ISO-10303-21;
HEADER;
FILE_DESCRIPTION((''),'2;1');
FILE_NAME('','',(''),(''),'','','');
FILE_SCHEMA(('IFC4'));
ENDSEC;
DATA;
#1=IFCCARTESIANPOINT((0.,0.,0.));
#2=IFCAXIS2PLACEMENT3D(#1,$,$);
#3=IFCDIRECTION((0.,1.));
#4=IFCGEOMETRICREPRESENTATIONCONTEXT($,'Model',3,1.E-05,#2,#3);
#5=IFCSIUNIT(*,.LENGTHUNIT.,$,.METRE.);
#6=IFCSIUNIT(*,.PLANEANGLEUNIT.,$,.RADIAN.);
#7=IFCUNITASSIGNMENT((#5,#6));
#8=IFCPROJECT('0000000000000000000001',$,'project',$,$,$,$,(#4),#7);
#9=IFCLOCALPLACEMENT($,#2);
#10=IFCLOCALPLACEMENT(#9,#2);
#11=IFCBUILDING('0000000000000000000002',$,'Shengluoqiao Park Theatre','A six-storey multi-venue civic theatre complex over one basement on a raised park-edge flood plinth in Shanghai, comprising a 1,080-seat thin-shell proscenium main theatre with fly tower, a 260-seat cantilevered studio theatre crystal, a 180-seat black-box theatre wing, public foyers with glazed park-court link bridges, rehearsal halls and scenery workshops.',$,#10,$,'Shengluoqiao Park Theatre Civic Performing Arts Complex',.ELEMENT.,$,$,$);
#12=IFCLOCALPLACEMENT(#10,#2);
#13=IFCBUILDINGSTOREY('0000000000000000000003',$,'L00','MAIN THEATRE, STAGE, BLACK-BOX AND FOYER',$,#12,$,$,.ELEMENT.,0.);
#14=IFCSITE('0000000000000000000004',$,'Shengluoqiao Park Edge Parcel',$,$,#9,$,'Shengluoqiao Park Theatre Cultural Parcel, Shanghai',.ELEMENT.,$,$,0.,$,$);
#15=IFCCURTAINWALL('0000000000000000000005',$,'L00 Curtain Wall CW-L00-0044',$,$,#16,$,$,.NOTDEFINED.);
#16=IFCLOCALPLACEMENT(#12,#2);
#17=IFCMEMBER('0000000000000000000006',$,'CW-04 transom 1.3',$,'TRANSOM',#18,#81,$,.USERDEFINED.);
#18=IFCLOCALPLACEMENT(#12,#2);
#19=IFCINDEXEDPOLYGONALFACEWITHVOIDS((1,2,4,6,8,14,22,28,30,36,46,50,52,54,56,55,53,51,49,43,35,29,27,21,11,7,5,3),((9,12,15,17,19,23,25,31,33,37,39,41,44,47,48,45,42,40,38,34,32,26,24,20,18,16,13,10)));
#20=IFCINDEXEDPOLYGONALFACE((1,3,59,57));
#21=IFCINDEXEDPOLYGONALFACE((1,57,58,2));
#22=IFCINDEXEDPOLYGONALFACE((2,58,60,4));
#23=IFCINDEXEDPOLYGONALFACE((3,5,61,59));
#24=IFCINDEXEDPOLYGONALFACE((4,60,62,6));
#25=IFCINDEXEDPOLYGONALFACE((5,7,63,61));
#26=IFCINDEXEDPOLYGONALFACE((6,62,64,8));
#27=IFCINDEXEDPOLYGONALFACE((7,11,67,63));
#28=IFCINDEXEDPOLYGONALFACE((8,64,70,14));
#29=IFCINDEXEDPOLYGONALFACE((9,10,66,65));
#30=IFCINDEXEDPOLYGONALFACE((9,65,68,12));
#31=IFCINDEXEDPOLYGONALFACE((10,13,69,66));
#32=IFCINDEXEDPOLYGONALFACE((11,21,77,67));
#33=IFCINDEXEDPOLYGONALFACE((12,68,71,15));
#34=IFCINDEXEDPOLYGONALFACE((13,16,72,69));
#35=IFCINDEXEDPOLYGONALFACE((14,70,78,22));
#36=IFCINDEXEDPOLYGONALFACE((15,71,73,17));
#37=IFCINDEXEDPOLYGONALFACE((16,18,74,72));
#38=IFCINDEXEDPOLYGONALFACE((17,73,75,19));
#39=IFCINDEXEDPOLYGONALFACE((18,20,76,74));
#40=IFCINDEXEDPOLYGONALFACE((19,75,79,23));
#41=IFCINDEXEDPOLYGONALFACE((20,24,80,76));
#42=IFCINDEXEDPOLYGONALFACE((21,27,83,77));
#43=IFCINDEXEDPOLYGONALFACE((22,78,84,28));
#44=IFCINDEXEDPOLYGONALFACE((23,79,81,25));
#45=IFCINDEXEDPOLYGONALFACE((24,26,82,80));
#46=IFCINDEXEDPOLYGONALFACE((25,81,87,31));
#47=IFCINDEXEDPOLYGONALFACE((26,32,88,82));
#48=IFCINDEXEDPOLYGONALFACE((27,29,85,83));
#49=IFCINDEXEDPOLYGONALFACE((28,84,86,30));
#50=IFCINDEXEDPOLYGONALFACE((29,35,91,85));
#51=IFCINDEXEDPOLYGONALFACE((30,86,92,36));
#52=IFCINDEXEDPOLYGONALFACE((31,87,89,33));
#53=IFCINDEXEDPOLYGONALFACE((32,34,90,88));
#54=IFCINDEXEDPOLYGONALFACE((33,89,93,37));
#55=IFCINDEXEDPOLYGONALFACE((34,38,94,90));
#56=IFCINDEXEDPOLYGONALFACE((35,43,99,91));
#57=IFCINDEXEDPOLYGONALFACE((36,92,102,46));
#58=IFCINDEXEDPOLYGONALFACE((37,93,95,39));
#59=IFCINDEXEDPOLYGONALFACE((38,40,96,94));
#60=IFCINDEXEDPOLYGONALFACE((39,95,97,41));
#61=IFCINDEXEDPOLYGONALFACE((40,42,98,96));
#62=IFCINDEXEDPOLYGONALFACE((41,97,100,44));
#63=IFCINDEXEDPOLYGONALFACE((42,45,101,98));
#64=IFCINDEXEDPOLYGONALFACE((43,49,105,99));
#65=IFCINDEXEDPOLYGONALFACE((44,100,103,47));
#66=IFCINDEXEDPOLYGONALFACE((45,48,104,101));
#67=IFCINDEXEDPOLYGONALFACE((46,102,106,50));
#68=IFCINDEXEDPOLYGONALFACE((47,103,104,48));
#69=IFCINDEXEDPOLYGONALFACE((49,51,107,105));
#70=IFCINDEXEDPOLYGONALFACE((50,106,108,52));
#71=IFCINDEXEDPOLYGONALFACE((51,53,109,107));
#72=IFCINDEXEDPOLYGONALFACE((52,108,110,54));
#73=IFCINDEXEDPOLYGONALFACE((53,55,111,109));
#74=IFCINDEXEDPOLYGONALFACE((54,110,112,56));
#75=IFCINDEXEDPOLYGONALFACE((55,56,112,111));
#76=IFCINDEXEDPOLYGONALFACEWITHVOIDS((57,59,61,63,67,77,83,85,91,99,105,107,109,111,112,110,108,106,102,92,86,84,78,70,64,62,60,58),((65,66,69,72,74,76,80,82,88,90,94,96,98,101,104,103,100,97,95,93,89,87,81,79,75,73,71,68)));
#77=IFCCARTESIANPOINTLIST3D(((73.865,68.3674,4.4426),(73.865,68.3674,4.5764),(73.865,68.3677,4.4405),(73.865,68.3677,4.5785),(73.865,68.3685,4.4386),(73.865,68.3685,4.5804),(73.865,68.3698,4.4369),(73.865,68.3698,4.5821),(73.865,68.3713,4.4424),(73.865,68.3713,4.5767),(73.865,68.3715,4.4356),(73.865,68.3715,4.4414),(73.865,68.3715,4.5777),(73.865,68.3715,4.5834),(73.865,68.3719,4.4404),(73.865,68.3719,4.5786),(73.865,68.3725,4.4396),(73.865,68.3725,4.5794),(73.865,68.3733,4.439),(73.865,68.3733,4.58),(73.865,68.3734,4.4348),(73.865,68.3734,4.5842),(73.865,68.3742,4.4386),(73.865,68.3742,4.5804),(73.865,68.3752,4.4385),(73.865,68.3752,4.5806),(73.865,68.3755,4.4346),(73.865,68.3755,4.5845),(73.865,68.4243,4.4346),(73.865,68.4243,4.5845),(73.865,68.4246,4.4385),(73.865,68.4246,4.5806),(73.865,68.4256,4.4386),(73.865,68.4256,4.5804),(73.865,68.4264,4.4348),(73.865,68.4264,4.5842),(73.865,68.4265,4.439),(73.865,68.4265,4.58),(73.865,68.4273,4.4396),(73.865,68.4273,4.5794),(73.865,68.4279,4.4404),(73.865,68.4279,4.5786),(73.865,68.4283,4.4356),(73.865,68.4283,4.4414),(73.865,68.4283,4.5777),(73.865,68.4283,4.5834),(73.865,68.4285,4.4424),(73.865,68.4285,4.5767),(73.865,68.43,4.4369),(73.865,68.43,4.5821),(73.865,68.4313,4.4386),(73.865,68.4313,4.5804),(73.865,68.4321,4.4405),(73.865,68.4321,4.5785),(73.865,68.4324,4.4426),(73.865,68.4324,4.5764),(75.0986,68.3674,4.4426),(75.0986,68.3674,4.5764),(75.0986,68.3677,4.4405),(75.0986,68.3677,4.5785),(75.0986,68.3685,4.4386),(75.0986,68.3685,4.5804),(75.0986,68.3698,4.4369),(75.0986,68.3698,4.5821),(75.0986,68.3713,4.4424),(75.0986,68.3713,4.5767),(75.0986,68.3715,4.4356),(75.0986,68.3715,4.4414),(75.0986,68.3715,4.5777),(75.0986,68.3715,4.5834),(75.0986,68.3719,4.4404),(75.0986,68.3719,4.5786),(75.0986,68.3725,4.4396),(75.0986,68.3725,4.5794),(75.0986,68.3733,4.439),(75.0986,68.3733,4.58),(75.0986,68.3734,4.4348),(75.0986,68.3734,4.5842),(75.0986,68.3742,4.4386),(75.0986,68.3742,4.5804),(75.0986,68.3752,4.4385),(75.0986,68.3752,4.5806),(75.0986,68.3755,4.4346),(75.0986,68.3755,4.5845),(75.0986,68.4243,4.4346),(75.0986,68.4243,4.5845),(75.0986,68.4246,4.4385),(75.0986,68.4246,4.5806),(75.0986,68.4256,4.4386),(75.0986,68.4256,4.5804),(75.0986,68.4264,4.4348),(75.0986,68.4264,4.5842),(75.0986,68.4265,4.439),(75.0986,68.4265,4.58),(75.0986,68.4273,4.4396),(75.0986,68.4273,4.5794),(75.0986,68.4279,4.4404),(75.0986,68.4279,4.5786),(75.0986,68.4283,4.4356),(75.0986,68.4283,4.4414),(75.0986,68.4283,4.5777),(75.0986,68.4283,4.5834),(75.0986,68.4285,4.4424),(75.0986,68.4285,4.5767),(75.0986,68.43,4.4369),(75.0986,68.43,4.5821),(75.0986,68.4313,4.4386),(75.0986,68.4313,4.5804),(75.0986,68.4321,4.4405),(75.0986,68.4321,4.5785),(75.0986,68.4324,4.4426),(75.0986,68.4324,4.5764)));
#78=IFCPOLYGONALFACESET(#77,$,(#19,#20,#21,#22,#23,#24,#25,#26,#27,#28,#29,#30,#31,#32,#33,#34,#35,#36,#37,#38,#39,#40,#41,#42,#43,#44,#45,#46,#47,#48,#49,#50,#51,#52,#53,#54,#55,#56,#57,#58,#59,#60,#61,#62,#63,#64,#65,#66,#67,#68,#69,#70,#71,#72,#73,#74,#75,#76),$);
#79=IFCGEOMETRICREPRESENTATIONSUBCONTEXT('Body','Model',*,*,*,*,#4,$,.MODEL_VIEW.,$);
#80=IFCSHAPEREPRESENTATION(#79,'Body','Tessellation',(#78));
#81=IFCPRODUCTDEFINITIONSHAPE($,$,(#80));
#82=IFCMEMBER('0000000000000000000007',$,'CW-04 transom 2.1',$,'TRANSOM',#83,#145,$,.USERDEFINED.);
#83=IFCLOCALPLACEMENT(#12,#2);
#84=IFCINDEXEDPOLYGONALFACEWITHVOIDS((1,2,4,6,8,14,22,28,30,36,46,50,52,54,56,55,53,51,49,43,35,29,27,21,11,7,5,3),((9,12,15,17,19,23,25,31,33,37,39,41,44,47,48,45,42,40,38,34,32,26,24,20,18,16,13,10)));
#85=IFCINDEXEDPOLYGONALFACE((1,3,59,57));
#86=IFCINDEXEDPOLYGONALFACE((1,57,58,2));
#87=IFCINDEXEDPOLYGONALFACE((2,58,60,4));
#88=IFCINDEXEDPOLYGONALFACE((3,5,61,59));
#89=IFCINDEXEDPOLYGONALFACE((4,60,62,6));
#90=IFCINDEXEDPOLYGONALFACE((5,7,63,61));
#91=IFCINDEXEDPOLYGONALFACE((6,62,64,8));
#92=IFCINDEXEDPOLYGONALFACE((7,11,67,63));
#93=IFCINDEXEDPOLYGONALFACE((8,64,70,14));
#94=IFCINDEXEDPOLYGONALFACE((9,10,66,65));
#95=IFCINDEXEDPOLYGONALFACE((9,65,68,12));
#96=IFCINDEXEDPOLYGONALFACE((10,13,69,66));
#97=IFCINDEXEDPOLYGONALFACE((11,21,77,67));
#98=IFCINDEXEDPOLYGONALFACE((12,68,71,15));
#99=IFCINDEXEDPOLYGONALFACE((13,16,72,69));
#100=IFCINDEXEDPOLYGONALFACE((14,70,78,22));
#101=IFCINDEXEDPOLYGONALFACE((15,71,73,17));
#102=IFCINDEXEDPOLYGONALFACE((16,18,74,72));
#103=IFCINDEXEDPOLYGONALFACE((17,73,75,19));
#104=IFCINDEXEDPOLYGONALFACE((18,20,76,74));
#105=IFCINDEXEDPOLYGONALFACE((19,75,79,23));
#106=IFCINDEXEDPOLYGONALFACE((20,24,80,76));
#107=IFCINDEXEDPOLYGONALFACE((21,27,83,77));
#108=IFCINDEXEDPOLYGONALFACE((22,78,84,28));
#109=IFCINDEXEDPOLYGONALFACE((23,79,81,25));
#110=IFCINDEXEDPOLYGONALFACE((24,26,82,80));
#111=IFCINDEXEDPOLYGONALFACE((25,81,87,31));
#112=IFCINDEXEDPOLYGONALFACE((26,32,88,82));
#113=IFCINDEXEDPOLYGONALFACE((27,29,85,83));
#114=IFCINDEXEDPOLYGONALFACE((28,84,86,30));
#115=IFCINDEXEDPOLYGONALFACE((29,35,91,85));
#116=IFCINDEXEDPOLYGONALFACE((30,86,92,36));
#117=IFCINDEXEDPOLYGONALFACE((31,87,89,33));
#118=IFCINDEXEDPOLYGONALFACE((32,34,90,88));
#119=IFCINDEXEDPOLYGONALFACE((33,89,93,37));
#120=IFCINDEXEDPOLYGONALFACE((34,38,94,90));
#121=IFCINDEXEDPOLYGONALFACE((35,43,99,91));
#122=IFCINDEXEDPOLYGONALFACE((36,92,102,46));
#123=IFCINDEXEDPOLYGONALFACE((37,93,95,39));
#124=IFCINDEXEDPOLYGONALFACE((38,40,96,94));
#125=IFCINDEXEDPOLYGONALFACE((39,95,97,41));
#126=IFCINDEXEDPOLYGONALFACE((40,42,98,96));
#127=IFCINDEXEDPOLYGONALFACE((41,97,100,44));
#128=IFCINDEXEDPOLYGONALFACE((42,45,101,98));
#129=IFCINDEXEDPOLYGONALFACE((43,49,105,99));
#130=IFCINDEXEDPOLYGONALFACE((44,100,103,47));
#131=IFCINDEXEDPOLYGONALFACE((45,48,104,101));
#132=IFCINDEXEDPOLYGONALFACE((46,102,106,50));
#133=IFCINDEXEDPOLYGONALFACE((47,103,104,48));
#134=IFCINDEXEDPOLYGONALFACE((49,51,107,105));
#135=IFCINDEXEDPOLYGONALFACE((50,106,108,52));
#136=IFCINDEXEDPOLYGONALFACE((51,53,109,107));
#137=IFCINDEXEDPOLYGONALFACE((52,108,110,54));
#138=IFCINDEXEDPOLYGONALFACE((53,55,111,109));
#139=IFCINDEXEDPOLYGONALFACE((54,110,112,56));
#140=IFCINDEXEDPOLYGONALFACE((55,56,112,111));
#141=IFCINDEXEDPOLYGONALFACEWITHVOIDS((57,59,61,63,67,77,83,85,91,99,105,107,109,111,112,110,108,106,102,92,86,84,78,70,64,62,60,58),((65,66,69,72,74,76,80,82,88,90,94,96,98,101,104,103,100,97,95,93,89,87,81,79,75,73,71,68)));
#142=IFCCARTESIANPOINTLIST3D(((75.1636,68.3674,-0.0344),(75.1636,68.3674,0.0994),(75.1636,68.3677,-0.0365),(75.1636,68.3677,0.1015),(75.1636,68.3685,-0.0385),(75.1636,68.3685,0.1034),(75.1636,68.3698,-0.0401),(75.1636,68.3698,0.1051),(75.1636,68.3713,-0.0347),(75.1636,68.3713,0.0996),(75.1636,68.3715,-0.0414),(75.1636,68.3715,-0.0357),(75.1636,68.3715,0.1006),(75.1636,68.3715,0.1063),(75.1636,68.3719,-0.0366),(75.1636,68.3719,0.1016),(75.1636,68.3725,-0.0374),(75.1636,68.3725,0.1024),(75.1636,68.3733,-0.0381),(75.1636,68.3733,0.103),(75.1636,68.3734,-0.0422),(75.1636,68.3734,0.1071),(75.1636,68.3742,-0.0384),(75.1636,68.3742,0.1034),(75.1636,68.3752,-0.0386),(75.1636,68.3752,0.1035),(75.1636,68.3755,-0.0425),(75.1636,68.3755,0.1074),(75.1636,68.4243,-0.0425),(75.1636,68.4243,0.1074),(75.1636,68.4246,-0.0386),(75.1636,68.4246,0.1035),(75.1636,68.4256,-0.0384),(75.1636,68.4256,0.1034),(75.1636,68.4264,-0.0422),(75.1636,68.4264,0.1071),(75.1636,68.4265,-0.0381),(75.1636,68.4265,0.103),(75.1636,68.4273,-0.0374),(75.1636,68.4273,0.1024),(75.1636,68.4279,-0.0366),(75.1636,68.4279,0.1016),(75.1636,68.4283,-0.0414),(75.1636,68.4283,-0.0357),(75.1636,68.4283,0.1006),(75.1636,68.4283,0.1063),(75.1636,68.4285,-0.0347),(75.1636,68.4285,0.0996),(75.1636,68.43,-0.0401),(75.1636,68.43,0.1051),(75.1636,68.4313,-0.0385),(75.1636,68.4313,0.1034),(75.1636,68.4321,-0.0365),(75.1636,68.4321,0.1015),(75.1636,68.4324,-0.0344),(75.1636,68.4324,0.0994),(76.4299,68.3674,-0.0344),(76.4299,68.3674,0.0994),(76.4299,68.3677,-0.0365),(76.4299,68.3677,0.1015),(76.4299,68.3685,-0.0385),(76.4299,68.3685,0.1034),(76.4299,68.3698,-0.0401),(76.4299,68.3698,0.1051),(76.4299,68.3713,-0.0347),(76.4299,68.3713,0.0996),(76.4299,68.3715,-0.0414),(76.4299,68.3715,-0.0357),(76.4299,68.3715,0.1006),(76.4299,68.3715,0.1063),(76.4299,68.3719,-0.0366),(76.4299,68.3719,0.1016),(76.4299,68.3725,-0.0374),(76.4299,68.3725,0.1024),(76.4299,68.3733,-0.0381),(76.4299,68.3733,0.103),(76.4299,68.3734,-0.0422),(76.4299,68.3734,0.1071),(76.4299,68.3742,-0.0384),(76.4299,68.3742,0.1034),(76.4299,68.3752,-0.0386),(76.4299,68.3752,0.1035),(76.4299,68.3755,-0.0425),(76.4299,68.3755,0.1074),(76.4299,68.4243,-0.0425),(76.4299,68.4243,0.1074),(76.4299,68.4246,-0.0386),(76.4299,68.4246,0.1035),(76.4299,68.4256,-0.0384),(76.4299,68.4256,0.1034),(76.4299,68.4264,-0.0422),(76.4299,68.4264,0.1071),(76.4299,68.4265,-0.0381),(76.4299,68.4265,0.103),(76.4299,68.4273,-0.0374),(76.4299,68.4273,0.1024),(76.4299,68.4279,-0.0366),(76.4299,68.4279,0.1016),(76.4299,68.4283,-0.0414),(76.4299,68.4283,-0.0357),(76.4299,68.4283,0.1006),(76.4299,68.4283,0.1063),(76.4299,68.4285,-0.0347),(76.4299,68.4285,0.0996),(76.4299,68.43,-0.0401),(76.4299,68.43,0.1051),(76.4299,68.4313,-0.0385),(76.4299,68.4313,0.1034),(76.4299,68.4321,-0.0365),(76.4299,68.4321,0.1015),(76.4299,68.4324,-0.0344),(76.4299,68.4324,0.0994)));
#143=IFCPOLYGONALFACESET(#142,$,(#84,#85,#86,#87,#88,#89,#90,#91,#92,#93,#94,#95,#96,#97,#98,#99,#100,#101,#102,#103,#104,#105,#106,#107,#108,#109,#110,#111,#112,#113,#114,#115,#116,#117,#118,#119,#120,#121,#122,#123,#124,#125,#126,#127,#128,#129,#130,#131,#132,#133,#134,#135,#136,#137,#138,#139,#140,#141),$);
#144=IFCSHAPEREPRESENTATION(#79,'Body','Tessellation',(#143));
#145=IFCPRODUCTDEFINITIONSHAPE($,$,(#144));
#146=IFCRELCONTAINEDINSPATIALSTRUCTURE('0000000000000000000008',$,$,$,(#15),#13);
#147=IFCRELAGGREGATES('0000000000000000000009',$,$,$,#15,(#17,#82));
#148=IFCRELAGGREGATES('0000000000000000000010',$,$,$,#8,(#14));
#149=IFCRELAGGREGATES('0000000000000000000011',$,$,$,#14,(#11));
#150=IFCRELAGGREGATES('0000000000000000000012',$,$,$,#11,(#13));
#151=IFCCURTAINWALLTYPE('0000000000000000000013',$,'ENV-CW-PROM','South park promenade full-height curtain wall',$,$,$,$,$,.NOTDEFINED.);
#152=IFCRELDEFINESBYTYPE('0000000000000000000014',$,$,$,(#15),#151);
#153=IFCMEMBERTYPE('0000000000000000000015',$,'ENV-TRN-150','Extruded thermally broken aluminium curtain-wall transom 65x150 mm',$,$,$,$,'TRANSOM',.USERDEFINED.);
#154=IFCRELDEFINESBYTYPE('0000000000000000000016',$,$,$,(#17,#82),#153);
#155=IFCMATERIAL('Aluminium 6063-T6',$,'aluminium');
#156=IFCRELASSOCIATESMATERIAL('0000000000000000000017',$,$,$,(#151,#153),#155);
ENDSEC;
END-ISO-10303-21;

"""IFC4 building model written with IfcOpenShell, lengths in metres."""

from ifc_helpers import new_model, si_unit, direction, frame, origin, origin_2d, place, context, subcontext, project, spatial, hollow_rectangle, extrude, material, material_profile, profile_set, type_object, element, aggregate, save


model = new_model("IFC4")

# Units and contexts
model_context = context("Model", 3, precision=1e-05, world=origin(), true_north=direction((0.0, 1.0)))
body_context = subcontext(model_context, "Body", "Model", "MODEL_VIEW")
ifc_project = project(units=[si_unit("LENGTHUNIT", "METRE"), si_unit("PLANEANGLEUNIT", "RADIAN")], contexts=[model_context])

# Site, building, storey
site_placement = place(None, origin())
site = spatial("IfcSite", under=ifc_project, at=site_placement, Name="Shengluoqiao Park Edge Parcel", LongName="Shengluoqiao Park Theatre Cultural Parcel, Shanghai", CompositionType="ELEMENT", RefElevation=0.0)
building_placement = place(site_placement, origin())
building = spatial("IfcBuilding", under=site, at=building_placement, Name="Shengluoqiao Park Theatre", Description="A six-storey multi-venue civic theatre complex over one basement on a raised park-edge flood plinth in Shanghai, comprising a 1,080-seat thin-shell proscenium main theatre with fly tower, a 260-seat cantilevered studio theatre crystal, a 180-seat black-box theatre wing, public foyers with glazed park-court link bridges, rehearsal halls and scenery workshops.", LongName="Shengluoqiao Park Theatre Civic Performing Arts Complex", CompositionType="ELEMENT")
storey_placement = place(building_placement, origin())
storey = spatial("IfcBuildingStorey", under=building, at=storey_placement, Name="L00", Description="MAIN THEATRE, STAGE, BLACK-BOX AND FOYER", CompositionType="ELEMENT", Elevation=0.0)

# Shared definitions
ifc_material_1 = material(Name="Aluminium 6063-T6", Category="aluminium")
curtain_wall_type = type_object("IfcCurtainWallType", Name="ENV-CW-PROM", Description="South park promenade full-height curtain wall", PredefinedType="NOTDEFINED", material=ifc_material_1)

# Curtain wall
curtain_wall_1_placement = place(storey_placement, origin())
curtain_wall_1 = element("IfcCurtainWall", 1, at=curtain_wall_1_placement, inside=storey, type_object=curtain_wall_type, Name="L00 Curtain Wall CW-L00-0044", PredefinedType="NOTDEFINED")

# Members
ifc_material_profile_1 = material_profile(ifc_material_1, hollow_rectangle(XDim=0.0649, YDim=0.1499, WallThickness=0.0039, InnerFilletRadius=0.0039, OuterFilletRadius=0.0081, at=origin_2d()), Name="ALU TRANSOM 150x65x4")
ifc_profile_set_1 = profile_set([ifc_material_profile_1], Name="Aluminium 6063-T6")
member_type_1 = type_object("IfcMemberType", Name="ENV-TRN-150", Description="Extruded thermally broken aluminium curtain-wall transom 65x150 mm", ElementType="TRANSOM", PredefinedType="USERDEFINED", material=ifc_profile_set_1)
member_1_placement = place(storey_placement, frame((73.865, 68.3999, 4.5095), z_axis=(1.0, 0.0, 0.0), x_axis=(0.0, 1.0, 0.0)))
member_1 = element("IfcMember", 2, at=member_1_placement, type_object=member_type_1, Name="CW-04 transom 1.3", ObjectType="TRANSOM", PredefinedType="USERDEFINED", context=body_context, shape_type="SweptSolid", body=[
    extrude(hollow_rectangle(XDim=0.0649, YDim=0.1499, WallThickness=0.0039, InnerFilletRadius=0.0039, OuterFilletRadius=0.0081, at=origin_2d()), origin(), (0.0, 0.0, 1.0), 1.2336),
])
member_2_placement = place(storey_placement, frame((75.1636, 68.3999, 0.0325), z_axis=(1.0, 0.0, 0.0), x_axis=(0.0, 1.0, 0.0)))
member_2 = element("IfcMember", 3, at=member_2_placement, type_object=member_type_1, Name="CW-04 transom 2.1", ObjectType="TRANSOM", PredefinedType="USERDEFINED", context=body_context, shape_type="SweptSolid", body=[
    extrude(hollow_rectangle(XDim=0.0649, YDim=0.1499, WallThickness=0.0039, InnerFilletRadius=0.0039, OuterFilletRadius=0.0081, at=origin_2d()), origin(), (0.0, 0.0, 1.0), 1.2664),
])

aggregate(curtain_wall_1, [member_1, member_2])

save(model, "model.ifc")
